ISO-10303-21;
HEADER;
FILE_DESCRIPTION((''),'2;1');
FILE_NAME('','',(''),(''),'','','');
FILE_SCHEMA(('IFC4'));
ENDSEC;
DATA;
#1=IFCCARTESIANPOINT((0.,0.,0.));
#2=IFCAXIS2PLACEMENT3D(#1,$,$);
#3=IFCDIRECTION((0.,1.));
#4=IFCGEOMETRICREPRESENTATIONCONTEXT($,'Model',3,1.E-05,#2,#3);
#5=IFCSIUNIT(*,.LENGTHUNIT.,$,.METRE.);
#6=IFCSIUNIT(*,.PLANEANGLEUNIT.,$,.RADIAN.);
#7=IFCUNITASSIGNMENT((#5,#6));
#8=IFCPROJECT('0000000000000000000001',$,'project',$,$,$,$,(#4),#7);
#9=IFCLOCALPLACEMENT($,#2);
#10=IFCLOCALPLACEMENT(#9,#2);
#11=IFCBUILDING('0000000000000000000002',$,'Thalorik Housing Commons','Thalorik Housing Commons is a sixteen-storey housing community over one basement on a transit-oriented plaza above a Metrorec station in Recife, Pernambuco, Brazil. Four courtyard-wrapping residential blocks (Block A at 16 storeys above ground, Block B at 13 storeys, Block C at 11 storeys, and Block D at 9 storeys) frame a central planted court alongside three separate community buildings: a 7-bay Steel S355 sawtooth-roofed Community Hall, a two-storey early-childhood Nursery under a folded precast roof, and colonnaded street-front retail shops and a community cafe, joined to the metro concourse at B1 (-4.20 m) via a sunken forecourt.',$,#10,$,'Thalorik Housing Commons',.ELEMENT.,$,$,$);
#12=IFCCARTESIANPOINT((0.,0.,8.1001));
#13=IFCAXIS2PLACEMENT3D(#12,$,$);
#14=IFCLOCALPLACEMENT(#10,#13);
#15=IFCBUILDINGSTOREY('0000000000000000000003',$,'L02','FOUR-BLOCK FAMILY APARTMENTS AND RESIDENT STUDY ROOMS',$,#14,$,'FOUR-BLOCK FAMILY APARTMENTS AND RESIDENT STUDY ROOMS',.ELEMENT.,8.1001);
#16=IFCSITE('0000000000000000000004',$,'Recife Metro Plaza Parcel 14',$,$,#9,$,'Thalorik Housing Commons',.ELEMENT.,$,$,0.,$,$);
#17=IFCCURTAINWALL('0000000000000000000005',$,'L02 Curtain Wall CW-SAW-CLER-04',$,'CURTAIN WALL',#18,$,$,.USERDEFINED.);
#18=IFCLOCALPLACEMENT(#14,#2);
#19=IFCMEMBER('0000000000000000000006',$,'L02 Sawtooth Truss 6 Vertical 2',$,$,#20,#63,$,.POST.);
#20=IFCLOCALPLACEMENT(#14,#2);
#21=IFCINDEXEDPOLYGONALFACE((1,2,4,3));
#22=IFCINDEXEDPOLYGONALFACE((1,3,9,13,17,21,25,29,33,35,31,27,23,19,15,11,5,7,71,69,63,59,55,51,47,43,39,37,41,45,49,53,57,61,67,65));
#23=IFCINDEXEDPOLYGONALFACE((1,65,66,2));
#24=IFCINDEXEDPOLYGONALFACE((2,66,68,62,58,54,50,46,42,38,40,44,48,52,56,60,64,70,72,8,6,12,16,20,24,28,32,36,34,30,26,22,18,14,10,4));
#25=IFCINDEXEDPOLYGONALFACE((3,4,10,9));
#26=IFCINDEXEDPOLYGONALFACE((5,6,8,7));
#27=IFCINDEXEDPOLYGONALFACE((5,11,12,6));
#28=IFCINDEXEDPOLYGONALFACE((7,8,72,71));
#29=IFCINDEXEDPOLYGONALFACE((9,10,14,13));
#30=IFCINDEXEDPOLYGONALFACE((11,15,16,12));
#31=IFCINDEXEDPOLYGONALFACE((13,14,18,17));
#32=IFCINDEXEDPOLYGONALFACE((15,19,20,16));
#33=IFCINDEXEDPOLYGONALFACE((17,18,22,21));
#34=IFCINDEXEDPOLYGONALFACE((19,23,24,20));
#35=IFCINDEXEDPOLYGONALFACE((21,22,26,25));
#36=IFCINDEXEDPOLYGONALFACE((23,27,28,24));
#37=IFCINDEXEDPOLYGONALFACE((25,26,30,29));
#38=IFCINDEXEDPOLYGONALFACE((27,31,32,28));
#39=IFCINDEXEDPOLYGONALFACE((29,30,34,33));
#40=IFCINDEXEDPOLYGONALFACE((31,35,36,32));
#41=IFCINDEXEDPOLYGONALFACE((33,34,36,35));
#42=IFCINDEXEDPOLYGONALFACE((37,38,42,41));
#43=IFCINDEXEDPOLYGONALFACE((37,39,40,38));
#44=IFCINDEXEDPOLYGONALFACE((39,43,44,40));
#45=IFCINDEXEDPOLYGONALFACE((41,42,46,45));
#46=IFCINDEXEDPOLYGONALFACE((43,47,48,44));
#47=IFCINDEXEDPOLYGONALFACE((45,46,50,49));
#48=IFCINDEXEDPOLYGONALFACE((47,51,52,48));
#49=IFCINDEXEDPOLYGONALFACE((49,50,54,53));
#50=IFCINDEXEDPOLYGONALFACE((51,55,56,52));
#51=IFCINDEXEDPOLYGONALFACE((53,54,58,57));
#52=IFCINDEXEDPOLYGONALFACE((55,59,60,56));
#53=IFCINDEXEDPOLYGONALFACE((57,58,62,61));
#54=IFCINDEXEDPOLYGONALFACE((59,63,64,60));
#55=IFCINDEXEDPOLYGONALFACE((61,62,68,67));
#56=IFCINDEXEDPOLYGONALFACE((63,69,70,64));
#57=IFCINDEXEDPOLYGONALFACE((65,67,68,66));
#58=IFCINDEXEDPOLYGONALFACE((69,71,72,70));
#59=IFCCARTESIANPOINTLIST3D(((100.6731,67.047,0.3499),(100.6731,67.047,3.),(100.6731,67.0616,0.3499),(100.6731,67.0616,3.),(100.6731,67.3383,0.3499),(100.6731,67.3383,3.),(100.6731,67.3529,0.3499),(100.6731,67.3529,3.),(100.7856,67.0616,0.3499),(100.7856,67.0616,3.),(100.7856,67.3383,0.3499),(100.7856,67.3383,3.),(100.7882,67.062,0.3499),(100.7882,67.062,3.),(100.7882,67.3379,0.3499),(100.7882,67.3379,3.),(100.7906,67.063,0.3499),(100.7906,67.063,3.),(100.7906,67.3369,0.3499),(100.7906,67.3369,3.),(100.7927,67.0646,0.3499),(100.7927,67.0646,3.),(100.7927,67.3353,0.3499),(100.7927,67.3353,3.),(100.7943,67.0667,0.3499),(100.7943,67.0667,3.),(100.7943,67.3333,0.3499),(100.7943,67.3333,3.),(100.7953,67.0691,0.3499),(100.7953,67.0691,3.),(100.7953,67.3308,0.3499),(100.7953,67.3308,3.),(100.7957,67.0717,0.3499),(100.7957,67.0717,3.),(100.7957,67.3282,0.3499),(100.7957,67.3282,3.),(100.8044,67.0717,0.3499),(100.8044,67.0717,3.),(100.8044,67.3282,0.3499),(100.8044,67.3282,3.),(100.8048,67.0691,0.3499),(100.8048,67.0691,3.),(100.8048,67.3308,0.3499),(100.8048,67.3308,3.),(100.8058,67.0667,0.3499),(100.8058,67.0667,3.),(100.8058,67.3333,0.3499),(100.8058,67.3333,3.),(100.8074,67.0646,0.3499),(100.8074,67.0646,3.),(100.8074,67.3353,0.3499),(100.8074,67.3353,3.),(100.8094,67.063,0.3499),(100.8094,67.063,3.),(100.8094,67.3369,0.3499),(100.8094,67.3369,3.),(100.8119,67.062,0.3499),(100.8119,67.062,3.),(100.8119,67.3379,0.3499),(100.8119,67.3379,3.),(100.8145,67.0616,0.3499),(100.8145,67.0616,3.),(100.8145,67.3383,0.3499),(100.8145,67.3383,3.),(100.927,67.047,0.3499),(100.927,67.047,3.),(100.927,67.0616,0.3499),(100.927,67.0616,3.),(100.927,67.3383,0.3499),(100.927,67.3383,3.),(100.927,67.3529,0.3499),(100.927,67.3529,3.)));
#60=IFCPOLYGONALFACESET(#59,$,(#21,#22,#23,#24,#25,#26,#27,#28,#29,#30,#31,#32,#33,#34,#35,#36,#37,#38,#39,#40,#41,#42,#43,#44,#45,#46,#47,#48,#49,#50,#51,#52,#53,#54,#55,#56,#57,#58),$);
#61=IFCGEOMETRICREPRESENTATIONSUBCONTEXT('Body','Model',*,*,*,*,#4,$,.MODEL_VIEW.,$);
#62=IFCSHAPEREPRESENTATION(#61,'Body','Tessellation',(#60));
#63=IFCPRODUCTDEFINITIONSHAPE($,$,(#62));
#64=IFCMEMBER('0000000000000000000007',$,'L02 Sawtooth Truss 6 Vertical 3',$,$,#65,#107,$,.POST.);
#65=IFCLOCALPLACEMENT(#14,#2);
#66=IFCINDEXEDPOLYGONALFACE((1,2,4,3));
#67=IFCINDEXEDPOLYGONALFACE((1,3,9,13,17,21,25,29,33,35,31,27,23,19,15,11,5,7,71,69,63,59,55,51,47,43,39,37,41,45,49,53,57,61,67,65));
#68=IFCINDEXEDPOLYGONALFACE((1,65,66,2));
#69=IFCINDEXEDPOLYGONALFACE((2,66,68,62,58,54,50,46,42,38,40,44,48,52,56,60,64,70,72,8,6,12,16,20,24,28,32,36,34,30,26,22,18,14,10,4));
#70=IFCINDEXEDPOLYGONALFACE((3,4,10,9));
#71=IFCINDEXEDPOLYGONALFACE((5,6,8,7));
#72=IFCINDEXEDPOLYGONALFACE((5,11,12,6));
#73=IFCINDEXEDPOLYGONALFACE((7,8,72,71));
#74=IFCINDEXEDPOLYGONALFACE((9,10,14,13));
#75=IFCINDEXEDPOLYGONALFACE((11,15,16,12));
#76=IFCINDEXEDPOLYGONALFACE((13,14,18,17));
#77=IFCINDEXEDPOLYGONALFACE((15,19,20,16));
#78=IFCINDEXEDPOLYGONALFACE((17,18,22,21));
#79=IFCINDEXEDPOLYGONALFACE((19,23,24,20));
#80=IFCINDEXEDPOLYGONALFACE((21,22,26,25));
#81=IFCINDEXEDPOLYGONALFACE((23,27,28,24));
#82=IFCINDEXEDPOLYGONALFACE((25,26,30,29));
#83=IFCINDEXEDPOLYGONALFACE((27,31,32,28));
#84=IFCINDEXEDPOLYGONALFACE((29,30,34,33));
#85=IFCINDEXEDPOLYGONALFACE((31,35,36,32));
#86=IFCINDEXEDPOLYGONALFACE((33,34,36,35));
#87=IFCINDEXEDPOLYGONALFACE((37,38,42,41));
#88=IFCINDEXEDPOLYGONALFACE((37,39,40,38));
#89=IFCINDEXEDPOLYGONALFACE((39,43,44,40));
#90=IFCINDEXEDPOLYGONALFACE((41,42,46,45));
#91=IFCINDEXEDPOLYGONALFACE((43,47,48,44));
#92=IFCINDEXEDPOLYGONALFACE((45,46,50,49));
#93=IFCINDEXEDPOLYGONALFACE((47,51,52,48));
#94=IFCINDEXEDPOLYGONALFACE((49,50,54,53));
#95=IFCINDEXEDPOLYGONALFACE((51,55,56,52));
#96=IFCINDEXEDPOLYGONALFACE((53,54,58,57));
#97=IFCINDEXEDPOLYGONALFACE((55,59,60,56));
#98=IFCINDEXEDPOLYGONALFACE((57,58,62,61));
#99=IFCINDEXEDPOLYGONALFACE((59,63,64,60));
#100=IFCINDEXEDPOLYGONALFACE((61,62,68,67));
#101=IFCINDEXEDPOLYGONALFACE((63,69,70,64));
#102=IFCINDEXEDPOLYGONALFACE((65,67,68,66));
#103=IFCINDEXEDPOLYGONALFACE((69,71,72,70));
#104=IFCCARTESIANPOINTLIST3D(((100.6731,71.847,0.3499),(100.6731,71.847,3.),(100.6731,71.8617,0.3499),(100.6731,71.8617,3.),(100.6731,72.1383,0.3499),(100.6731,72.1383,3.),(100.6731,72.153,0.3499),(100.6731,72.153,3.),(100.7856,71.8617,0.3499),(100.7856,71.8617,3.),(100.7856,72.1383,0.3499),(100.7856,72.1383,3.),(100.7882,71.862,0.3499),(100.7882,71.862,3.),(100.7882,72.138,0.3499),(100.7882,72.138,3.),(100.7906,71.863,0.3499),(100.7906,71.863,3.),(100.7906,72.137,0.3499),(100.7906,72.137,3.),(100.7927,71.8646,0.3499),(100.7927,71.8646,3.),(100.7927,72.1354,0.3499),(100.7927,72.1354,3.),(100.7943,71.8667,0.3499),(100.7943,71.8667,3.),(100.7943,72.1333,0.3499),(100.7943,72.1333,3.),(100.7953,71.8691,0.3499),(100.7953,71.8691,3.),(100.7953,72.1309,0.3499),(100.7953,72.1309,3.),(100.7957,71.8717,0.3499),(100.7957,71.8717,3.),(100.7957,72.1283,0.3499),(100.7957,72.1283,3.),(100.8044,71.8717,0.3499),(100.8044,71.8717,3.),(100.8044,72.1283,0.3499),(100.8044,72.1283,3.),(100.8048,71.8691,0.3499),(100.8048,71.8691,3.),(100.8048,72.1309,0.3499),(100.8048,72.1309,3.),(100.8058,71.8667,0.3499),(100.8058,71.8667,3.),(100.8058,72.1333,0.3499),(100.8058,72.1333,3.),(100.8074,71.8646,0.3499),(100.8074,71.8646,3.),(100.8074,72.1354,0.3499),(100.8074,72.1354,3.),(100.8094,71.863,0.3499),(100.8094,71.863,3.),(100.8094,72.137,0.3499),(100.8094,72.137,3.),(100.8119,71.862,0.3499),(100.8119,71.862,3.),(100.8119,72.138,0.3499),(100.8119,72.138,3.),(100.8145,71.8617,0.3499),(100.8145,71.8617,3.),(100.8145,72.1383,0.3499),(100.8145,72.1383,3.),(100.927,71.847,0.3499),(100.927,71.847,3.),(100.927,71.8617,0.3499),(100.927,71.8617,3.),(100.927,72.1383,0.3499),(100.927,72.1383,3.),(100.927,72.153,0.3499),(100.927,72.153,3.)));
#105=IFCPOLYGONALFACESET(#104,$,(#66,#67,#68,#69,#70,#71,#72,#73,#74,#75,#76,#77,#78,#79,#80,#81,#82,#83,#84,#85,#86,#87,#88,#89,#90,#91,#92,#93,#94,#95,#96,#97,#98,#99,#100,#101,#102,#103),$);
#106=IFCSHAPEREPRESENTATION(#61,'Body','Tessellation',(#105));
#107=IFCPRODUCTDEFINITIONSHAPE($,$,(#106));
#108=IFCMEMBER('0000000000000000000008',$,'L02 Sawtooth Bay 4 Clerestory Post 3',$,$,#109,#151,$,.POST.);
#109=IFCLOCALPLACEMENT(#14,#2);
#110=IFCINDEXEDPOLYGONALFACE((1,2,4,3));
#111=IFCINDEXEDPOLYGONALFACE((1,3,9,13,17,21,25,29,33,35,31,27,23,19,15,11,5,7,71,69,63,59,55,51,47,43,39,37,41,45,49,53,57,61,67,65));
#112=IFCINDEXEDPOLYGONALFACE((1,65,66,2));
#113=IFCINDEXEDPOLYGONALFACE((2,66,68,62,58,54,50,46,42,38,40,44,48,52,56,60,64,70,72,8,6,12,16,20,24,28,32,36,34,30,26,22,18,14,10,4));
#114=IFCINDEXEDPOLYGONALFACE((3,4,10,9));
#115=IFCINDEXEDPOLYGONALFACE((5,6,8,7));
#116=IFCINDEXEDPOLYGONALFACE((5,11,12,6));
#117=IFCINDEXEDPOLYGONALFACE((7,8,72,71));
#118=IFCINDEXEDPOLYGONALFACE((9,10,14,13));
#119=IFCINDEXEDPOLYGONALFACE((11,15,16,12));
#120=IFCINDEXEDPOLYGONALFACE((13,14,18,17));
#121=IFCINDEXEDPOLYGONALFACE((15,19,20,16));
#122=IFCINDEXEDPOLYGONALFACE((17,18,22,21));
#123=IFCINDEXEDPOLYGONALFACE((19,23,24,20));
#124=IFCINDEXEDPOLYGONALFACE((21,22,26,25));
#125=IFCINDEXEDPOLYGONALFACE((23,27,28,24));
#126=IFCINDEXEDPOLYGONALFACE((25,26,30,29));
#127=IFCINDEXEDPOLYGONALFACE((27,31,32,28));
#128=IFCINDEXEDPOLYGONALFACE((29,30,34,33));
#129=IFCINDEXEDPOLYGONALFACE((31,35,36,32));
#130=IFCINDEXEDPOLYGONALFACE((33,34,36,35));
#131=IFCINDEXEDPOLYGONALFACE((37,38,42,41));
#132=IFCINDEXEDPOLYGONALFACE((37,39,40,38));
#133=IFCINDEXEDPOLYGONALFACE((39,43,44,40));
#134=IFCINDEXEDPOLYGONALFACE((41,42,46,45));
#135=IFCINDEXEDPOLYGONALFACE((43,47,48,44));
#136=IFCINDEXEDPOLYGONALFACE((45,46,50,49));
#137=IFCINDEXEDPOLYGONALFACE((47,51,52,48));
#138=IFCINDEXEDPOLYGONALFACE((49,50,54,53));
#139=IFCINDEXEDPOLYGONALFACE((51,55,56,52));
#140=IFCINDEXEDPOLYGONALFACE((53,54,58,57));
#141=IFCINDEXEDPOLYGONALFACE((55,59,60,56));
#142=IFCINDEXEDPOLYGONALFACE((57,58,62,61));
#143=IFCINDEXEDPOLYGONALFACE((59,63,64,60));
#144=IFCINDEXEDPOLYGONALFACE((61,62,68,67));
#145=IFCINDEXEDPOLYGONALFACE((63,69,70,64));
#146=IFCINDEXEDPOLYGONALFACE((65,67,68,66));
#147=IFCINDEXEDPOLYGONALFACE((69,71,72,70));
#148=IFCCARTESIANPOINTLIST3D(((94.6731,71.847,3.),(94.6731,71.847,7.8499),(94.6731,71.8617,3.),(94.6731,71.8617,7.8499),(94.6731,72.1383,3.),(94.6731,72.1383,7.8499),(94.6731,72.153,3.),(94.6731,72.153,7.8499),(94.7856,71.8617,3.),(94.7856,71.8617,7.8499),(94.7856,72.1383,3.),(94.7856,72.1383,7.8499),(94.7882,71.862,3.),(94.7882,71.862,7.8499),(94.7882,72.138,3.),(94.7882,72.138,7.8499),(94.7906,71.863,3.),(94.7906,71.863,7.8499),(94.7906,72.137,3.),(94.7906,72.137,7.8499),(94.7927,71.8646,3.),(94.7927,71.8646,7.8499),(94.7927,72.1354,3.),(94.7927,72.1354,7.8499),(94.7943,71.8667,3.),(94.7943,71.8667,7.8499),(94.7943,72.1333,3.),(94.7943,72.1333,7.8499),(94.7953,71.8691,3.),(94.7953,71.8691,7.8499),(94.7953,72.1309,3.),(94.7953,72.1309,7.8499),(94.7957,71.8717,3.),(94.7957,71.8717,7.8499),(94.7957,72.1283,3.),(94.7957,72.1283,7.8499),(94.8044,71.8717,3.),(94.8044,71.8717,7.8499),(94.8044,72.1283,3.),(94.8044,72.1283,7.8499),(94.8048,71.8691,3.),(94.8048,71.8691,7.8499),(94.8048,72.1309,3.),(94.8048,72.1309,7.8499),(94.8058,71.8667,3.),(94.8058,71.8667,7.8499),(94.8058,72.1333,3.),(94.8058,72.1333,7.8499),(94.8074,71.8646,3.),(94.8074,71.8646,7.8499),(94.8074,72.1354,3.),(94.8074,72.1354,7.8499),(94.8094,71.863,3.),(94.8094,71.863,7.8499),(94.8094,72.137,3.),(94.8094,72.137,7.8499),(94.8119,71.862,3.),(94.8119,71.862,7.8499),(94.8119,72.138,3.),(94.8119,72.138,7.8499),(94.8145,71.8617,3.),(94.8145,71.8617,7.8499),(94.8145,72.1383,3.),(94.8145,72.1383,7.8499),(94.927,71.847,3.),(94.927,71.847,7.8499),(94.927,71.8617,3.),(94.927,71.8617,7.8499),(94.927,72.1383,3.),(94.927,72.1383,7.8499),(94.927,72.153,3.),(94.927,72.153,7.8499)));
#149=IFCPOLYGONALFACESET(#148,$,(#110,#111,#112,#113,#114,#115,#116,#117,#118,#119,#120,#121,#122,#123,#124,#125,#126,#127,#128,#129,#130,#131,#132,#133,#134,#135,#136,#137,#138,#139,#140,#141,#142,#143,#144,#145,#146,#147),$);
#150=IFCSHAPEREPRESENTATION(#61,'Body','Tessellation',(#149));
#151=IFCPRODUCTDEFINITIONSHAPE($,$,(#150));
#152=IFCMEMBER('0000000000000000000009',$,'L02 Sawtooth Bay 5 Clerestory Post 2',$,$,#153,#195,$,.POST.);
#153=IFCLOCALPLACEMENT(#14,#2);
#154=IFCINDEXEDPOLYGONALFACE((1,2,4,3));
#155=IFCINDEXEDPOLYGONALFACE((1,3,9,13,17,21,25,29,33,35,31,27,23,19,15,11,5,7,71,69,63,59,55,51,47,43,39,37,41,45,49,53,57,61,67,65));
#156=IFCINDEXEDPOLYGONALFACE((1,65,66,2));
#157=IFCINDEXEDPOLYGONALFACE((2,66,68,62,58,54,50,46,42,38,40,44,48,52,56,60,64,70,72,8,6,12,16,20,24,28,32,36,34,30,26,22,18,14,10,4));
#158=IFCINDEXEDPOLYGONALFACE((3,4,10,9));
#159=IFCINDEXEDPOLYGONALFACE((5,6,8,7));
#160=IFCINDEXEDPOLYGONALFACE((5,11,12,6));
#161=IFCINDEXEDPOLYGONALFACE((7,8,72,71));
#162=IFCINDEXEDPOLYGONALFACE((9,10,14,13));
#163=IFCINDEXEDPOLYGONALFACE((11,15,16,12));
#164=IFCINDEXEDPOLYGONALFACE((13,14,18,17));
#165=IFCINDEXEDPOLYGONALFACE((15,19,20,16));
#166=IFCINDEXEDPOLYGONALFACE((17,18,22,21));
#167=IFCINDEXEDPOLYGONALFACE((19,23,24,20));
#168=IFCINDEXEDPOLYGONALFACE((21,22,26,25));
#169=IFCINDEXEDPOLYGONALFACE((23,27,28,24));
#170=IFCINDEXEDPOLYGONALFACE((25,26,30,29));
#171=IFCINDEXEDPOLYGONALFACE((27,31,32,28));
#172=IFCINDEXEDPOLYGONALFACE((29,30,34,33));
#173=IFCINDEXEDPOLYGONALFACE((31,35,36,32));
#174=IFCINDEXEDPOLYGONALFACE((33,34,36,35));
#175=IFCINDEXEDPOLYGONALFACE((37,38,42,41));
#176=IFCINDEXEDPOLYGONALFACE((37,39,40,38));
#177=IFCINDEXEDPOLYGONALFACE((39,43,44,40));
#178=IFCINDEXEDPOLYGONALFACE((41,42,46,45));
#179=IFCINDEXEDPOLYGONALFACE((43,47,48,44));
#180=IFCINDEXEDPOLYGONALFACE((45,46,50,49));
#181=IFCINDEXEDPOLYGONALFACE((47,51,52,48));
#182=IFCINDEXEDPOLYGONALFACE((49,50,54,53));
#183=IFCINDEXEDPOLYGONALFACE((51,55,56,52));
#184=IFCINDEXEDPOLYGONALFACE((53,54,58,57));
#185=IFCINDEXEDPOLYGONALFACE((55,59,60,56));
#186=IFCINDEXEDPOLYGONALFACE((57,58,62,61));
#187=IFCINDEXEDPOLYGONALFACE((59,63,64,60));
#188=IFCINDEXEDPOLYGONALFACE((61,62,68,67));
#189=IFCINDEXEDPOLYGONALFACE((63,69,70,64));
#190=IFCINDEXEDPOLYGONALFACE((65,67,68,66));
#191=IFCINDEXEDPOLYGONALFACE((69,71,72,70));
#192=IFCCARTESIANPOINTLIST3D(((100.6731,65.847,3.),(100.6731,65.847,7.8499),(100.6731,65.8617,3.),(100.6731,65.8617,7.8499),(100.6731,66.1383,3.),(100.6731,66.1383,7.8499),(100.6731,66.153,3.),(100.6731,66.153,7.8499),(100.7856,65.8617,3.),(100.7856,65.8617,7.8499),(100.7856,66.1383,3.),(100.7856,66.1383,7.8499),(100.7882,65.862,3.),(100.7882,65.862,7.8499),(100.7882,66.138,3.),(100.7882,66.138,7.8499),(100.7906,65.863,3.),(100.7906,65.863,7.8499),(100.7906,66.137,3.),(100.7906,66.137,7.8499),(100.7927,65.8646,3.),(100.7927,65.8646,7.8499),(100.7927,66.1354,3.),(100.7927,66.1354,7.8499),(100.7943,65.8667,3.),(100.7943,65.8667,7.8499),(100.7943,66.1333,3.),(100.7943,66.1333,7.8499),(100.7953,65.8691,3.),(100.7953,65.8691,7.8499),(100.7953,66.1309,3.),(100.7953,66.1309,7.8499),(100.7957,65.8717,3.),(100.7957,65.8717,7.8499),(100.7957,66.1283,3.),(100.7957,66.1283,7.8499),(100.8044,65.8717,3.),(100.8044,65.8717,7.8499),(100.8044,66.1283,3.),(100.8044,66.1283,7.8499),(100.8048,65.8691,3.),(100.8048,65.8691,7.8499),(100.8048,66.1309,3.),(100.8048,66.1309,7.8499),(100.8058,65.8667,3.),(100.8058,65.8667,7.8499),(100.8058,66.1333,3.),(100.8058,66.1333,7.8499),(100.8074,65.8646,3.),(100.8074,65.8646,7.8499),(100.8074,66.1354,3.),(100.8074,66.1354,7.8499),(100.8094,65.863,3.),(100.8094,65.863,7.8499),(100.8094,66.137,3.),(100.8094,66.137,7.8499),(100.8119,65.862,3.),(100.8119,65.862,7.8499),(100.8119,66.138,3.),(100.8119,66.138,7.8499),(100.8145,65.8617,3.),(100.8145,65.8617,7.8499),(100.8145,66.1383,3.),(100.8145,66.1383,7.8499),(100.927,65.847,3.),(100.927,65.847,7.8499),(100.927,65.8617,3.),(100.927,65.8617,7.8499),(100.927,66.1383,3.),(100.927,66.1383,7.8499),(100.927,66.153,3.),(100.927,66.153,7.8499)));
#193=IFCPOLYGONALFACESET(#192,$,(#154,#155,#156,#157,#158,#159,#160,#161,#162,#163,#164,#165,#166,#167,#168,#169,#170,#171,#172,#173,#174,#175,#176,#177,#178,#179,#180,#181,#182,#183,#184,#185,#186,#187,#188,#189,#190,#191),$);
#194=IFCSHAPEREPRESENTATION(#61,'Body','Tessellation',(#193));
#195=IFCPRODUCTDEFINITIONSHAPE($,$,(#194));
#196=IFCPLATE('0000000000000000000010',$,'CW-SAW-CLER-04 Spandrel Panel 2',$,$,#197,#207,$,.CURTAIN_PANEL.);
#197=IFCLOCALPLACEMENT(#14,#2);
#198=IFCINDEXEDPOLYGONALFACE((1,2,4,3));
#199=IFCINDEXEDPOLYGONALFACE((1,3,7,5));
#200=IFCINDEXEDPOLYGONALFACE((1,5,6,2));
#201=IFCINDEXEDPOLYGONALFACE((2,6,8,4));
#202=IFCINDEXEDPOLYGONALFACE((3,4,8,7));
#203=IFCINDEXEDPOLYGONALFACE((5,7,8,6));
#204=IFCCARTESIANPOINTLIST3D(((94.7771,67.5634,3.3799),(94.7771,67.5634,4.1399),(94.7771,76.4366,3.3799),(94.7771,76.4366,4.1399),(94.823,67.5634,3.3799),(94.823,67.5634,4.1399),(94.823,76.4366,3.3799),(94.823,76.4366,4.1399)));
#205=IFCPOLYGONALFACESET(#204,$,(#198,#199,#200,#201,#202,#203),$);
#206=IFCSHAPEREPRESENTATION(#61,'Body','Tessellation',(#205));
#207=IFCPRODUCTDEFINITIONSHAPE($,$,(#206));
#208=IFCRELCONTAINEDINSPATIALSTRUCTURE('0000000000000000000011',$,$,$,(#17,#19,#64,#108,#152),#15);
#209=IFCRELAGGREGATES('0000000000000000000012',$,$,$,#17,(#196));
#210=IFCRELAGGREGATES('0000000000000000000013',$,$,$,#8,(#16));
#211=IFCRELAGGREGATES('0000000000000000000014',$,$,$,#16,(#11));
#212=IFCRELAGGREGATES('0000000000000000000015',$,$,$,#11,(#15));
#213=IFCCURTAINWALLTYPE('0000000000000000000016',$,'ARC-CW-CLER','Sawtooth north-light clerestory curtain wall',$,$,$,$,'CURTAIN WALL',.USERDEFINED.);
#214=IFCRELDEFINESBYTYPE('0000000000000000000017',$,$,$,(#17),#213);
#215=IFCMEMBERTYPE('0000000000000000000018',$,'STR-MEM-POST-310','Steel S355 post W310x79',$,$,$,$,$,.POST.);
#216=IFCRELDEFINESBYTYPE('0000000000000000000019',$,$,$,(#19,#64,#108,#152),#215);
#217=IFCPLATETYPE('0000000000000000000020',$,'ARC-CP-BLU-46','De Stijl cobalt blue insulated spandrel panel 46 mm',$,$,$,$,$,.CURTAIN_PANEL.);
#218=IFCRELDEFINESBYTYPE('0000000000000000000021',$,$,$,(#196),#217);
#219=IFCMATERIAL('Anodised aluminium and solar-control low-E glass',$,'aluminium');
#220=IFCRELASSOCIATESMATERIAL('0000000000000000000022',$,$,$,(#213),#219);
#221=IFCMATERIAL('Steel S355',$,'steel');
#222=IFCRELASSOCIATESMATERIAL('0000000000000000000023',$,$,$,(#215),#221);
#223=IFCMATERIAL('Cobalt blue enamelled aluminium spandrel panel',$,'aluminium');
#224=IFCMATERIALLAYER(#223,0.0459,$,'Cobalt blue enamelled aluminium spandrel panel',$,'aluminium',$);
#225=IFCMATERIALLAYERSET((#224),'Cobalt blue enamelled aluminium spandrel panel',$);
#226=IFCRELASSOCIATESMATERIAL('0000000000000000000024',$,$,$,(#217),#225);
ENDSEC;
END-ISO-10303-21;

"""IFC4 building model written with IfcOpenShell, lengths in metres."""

from ifc_helpers import new_model, si_unit, direction, frame, origin, origin_2d, place, context, subcontext, project, spatial, rectangle, i_section, extrude, material, layer, layer_set, material_profile, profile_set, type_object, element, aggregate, save


model = new_model("IFC4")

# Units and contexts
model_context = context("Model", 3, precision=1e-05, world=origin(), true_north=direction((0.0, 1.0)))
body_context = subcontext(model_context, "Body", "Model", "MODEL_VIEW")
ifc_project = project(units=[si_unit("LENGTHUNIT", "METRE"), si_unit("PLANEANGLEUNIT", "RADIAN")], contexts=[model_context])

# Site, building, storey
site_placement = place(None, origin())
site = spatial("IfcSite", under=ifc_project, at=site_placement, Name="Recife Metro Plaza Parcel 14", LongName="Thalorik Housing Commons", CompositionType="ELEMENT", RefElevation=0.0)
building_placement = place(site_placement, origin())
building = spatial("IfcBuilding", under=site, at=building_placement, Name="Thalorik Housing Commons", Description="Thalorik Housing Commons is a sixteen-storey housing community over one basement on a transit-oriented plaza above a Metrorec station in Recife, Pernambuco, Brazil. Four courtyard-wrapping residential blocks (Block A at 16 storeys above ground, Block B at 13 storeys, Block C at 11 storeys, and Block D at 9 storeys) frame a central planted court alongside three separate community buildings: a 7-bay Steel S355 sawtooth-roofed Community Hall, a two-storey early-childhood Nursery under a folded precast roof, and colonnaded street-front retail shops and a community cafe, joined to the metro concourse at B1 (-4.20 m) via a sunken forecourt.", LongName="Thalorik Housing Commons", CompositionType="ELEMENT")
storey_placement = place(building_placement, frame((0.0, 0.0, 8.1001)))
storey = spatial("IfcBuildingStorey", under=building, at=storey_placement, Name="L02", Description="FOUR-BLOCK FAMILY APARTMENTS AND RESIDENT STUDY ROOMS", LongName="FOUR-BLOCK FAMILY APARTMENTS AND RESIDENT STUDY ROOMS", CompositionType="ELEMENT", Elevation=8.1001)

# Shared definitions
ifc_material_1 = material(Name="Anodised aluminium and solar-control low-E glass", Category="aluminium")
curtain_wall_type = type_object("IfcCurtainWallType", Name="ARC-CW-CLER", Description="Sawtooth north-light clerestory curtain wall", ElementType="CURTAIN WALL", PredefinedType="USERDEFINED", material=ifc_material_1)

# Curtain wall
curtain_wall_1_placement = place(storey_placement, origin())
curtain_wall_1 = element("IfcCurtainWall", 1, at=curtain_wall_1_placement, inside=storey, type_object=curtain_wall_type, Name="L02 Curtain Wall CW-SAW-CLER-04", ObjectType="CURTAIN WALL", PredefinedType="USERDEFINED")

# Shared definitions
ifc_material_2 = material(Name="Steel S355", Category="steel")

# Members
ifc_material_profile_1 = material_profile(ifc_material_2, i_section(OverallWidth=0.2539, OverallDepth=0.3059, WebThickness=0.0088, FlangeThickness=0.0146, FilletRadius=0.01, at=origin_2d()), Name="W310x79", Category="steel")
ifc_profile_set_1 = profile_set([ifc_material_profile_1], Name="Steel S355")
member_type_1 = type_object("IfcMemberType", Name="STR-MEM-POST-310", Description="Steel S355 post W310x79", PredefinedType="POST", material=ifc_profile_set_1)
for number, where, z_axis, x_axis, name in (
    (2, (100.8, 67.2, 0.3499), (0.0, 0.0, 1.0), (1.0, 0.0, 0.0), "L02 Sawtooth Truss 6 Vertical 2"),
    (3, (100.8, 72.0, 0.3499), (0.0, 0.0, 1.0), (1.0, 0.0, 0.0), "L02 Sawtooth Truss 6 Vertical 3"),
):
    element("IfcMember", number, at=place(storey_placement, frame(where, z_axis=z_axis, x_axis=x_axis)), inside=storey, type_object=member_type_1, Name=name, PredefinedType="POST", context=body_context, shape_type="SweptSolid", body=[
        extrude(i_section(OverallWidth=0.2539, OverallDepth=0.3059, WebThickness=0.0088, FlangeThickness=0.0146, FilletRadius=0.01, at=origin_2d()), origin(), (0.0, 0.0, 1.0), 2.6501),
    ])
for number, where, z_axis, x_axis, name in (
    (4, (94.8, 72.0, 3.0), (0.0, 0.0, 1.0), (1.0, 0.0, 0.0), "L02 Sawtooth Bay 4 Clerestory Post 3"),
    (5, (100.8, 66.0, 3.0), (0.0, 0.0, 1.0), (1.0, 0.0, 0.0), "L02 Sawtooth Bay 5 Clerestory Post 2"),
):
    element("IfcMember", number, at=place(storey_placement, frame(where, z_axis=z_axis, x_axis=x_axis)), inside=storey, type_object=member_type_1, Name=name, PredefinedType="POST", context=body_context, shape_type="SweptSolid", body=[
        extrude(i_section(OverallWidth=0.2539, OverallDepth=0.3059, WebThickness=0.0088, FlangeThickness=0.0146, FilletRadius=0.01, at=origin_2d()), origin(), (0.0, 0.0, 1.0), 4.8499),
    ])

# Plate
ifc_material_3 = material(Name="Cobalt blue enamelled aluminium spandrel panel", Category="aluminium")
ifc_layer_1 = layer(ifc_material_3, 0.0459, Name="Cobalt blue enamelled aluminium spandrel panel", Category="aluminium")
ifc_layer_set_1 = layer_set([ifc_layer_1], Name="Cobalt blue enamelled aluminium spandrel panel")
plate_type_1 = type_object("IfcPlateType", Name="ARC-CP-BLU-46", Description="De Stijl cobalt blue insulated spandrel panel 46 mm", PredefinedType="CURTAIN_PANEL", material=ifc_layer_set_1)
plate_1_placement = place(storey_placement, frame((94.8, 72.0, 3.3799), z_axis=(0.0, 0.0, 1.0), x_axis=(0.0, 1.0, 0.0)))
plate_1 = element("IfcPlate", 6, at=plate_1_placement, type_object=plate_type_1, Name="CW-SAW-CLER-04 Spandrel Panel 2", PredefinedType="CURTAIN_PANEL", context=body_context, shape_type="SweptSolid", body=[
    extrude(rectangle(XDim=8.8733, YDim=0.0459, at=origin_2d()), origin(), (0.0, 0.0, 1.0), 0.76),
])
aggregate(curtain_wall_1, [plate_1])

save(model, "model.ifc")
